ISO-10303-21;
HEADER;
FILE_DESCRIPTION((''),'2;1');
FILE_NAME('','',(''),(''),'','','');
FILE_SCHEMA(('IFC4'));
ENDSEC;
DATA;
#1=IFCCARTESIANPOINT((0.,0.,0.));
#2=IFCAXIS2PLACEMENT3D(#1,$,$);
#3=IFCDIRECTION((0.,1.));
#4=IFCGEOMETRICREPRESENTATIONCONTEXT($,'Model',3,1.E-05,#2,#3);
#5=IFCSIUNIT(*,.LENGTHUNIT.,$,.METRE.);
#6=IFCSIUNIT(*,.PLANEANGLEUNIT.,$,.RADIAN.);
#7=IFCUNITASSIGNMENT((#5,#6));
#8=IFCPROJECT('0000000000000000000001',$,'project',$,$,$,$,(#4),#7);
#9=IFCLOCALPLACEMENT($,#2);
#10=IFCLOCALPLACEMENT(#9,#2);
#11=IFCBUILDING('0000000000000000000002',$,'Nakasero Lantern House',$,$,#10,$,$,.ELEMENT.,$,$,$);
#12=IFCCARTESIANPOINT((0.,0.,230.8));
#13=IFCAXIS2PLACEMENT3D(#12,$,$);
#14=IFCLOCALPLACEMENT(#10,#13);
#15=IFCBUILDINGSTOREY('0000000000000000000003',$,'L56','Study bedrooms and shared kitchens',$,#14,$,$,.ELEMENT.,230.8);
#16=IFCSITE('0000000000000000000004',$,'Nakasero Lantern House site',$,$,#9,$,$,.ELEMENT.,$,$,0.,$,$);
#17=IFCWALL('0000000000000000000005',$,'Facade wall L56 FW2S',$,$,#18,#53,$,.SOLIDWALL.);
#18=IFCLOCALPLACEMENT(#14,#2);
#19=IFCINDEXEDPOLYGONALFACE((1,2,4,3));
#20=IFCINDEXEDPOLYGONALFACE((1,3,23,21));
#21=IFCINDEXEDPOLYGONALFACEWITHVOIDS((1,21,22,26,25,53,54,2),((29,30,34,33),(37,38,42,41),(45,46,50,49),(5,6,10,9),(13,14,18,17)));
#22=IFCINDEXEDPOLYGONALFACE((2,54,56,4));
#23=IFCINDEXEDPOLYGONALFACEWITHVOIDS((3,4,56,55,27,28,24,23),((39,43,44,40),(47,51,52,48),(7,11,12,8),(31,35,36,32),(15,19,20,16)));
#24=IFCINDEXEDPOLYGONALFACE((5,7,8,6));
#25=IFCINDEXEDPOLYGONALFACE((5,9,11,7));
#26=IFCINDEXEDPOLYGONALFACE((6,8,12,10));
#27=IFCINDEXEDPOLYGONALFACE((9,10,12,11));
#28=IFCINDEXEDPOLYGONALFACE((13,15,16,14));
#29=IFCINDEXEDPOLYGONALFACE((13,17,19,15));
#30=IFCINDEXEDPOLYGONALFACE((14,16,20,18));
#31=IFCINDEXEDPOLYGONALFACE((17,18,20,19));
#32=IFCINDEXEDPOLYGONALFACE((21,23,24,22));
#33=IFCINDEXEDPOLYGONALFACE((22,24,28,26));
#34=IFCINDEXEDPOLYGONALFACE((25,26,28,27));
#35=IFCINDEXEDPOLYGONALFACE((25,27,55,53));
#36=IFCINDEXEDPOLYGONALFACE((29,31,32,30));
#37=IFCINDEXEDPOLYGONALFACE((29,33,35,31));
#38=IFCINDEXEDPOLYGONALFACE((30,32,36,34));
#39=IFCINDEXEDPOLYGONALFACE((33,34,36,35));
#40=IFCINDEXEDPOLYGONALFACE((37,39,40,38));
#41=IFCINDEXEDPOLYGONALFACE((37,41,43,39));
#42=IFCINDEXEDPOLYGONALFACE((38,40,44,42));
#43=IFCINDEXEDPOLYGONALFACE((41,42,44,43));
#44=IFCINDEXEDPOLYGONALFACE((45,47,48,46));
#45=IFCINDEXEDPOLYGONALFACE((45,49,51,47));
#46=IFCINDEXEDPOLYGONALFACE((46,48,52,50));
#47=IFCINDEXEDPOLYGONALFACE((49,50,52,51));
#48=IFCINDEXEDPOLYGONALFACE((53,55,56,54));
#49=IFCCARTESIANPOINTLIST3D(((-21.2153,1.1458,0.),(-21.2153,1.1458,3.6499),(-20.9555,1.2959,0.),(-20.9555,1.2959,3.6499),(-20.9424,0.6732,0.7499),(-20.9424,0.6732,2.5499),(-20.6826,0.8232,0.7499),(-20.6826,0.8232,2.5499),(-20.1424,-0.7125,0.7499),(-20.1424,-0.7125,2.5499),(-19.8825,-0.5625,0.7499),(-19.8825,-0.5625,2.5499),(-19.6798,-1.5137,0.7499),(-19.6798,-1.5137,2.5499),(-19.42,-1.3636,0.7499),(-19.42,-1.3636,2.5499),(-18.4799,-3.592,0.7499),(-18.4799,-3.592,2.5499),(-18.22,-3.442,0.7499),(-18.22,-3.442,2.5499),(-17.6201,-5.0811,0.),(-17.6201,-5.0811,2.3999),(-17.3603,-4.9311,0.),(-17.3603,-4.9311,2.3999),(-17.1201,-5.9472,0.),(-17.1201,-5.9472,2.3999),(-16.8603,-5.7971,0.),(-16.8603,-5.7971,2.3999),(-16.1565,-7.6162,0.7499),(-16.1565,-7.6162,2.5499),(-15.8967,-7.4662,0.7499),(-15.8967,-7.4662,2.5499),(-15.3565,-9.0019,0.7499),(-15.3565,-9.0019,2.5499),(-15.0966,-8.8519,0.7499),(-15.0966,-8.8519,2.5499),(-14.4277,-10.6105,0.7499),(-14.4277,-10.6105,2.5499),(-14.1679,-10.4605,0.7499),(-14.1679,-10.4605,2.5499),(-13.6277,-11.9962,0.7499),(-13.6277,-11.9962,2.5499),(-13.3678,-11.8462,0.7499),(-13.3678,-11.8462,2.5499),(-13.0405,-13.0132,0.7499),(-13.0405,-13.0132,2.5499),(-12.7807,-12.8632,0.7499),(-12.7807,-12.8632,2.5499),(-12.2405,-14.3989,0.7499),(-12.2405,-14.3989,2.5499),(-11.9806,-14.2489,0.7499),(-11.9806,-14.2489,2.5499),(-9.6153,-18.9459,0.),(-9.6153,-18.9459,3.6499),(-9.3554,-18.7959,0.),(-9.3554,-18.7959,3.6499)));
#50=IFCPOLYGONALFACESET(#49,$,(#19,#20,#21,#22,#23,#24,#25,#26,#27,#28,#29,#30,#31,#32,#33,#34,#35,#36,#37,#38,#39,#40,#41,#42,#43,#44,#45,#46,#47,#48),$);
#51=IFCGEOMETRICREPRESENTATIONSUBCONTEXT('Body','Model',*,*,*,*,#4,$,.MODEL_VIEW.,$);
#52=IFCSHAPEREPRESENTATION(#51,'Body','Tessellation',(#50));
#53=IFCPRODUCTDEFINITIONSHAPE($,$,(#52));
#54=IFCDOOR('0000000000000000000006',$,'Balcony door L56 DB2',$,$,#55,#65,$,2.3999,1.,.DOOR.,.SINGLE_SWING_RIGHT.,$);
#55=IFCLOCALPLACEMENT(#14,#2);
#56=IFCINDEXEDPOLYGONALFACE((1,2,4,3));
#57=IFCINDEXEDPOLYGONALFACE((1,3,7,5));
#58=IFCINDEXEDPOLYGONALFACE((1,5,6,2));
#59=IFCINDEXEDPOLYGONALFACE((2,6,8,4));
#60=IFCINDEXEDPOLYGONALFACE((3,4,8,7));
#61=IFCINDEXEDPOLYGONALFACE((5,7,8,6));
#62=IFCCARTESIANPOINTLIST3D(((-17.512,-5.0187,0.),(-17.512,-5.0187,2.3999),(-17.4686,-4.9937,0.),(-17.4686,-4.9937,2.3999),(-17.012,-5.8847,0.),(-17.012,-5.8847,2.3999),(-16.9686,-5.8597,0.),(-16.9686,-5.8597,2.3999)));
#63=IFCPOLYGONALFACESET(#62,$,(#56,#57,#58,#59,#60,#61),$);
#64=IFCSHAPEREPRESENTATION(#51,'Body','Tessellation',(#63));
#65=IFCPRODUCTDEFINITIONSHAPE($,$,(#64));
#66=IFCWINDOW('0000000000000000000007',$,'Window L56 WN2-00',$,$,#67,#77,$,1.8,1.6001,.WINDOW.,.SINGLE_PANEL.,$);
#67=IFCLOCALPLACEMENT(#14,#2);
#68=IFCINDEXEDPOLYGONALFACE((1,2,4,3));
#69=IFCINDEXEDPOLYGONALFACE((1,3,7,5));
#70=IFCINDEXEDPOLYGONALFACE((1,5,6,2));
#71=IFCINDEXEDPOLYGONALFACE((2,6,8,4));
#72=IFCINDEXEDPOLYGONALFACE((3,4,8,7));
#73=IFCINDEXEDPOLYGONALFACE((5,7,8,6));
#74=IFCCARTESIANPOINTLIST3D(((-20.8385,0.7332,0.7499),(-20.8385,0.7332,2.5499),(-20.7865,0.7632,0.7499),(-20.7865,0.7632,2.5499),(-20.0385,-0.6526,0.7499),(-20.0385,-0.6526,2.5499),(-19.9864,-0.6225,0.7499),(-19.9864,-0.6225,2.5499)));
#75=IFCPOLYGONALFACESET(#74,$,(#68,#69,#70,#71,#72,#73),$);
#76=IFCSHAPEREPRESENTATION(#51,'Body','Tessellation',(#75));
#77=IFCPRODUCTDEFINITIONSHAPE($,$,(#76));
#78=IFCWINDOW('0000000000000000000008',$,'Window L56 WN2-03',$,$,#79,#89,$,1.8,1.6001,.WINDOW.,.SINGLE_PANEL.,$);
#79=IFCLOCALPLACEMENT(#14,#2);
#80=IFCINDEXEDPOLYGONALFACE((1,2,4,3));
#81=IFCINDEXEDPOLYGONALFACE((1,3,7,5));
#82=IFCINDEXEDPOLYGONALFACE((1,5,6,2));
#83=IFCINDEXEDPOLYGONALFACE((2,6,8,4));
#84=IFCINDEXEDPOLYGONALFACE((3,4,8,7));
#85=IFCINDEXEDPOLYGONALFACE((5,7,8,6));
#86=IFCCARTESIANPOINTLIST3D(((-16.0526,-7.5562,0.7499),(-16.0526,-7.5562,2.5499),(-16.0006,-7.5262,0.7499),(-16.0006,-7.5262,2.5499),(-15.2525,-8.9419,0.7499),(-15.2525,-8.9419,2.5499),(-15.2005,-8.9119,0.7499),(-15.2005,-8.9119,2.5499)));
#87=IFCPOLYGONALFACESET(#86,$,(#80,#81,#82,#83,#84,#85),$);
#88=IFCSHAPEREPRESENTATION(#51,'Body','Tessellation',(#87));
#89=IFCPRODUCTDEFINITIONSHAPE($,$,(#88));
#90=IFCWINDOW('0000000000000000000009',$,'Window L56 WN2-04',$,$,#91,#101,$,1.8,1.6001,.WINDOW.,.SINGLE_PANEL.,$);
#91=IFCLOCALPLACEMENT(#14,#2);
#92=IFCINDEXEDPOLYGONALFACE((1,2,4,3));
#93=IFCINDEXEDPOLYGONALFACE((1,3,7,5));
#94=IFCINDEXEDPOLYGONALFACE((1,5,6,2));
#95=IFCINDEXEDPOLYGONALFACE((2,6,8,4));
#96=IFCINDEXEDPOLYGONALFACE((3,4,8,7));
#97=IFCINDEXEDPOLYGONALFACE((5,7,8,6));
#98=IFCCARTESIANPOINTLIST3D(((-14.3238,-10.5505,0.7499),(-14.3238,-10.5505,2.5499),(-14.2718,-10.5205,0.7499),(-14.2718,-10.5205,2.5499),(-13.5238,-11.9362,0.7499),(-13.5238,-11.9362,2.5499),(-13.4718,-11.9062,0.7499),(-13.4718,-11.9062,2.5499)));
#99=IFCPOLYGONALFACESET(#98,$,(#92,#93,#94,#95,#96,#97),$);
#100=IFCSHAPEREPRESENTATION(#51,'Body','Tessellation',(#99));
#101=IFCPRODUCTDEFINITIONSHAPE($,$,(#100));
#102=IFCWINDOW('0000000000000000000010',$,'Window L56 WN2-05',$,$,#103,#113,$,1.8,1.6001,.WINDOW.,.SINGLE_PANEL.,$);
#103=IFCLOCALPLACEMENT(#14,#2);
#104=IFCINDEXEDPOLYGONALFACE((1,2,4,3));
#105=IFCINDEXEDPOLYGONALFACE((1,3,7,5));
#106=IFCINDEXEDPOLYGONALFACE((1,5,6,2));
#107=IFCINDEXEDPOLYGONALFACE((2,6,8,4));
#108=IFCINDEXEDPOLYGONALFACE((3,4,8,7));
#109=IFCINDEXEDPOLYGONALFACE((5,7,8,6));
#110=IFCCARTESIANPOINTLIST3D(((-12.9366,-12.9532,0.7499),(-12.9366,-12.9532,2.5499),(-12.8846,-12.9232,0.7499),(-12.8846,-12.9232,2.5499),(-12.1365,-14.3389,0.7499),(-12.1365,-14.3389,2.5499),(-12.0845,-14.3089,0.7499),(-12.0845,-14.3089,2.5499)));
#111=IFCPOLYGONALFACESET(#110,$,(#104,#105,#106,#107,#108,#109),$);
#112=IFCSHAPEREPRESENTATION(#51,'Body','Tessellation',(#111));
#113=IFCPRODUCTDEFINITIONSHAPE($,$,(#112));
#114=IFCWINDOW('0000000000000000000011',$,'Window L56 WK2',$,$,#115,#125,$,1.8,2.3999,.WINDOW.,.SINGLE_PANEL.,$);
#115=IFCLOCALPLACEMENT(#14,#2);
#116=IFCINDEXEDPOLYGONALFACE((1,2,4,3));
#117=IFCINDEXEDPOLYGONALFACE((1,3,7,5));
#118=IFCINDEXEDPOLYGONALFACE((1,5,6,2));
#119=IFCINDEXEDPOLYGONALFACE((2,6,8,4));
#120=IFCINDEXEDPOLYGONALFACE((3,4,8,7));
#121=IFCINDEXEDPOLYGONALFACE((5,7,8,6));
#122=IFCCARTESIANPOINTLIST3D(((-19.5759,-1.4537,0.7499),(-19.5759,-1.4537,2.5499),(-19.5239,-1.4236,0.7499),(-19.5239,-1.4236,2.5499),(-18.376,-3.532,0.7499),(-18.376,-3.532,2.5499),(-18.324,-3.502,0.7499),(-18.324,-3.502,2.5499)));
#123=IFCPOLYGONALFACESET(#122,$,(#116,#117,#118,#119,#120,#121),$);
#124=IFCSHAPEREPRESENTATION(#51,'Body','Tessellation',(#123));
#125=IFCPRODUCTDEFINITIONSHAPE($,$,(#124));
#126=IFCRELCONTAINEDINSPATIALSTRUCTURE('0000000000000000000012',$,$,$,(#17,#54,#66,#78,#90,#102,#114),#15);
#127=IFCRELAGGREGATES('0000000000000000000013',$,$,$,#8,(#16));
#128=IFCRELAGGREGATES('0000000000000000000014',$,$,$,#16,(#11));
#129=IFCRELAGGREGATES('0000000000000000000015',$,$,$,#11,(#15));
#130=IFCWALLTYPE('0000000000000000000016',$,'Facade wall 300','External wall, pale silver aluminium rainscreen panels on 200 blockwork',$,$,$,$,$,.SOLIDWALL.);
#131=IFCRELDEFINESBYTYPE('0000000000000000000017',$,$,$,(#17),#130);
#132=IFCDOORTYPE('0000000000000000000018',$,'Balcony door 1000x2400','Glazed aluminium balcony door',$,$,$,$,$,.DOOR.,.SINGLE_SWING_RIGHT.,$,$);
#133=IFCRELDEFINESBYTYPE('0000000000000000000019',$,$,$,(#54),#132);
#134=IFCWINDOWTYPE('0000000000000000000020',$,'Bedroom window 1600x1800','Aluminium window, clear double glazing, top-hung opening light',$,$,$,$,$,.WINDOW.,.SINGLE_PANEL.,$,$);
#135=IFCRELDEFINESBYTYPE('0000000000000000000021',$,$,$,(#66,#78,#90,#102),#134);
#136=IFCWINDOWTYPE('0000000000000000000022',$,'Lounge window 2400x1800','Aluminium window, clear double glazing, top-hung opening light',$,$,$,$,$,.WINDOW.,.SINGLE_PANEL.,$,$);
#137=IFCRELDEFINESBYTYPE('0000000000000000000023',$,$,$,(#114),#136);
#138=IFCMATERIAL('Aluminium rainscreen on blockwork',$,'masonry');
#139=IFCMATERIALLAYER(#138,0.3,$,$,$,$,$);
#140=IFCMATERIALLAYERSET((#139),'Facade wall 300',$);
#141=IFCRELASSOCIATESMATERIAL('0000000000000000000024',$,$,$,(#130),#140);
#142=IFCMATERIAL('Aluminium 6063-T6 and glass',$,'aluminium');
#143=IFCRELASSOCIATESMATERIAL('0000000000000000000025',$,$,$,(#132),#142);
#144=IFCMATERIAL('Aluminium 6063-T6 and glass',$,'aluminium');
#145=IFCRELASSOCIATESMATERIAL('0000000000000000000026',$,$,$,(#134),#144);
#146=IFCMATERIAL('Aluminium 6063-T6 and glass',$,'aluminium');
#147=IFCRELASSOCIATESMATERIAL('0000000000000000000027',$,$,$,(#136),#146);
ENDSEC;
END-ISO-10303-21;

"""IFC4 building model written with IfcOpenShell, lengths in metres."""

from ifc_helpers import new_model, si_unit, direction, frame, frame_2d, origin, place, context, subcontext, project, spatial, rectangle, extrude, material, layer, layer_set, type_object, element, fill, save


model = new_model("IFC4")

# Units and contexts
model_context = context("Model", 3, precision=1e-05, world=origin(), true_north=direction((0.0, 1.0)))
body_context = subcontext(model_context, "Body", "Model", "MODEL_VIEW")
ifc_project = project(units=[si_unit("LENGTHUNIT", "METRE"), si_unit("PLANEANGLEUNIT", "RADIAN")], contexts=[model_context])

# Site, building, storey
site_placement = place(None, origin())
site = spatial("IfcSite", under=ifc_project, at=site_placement, Name="Nakasero Lantern House site", CompositionType="ELEMENT", RefElevation=0.0)
building_placement = place(site_placement, origin())
building = spatial("IfcBuilding", under=site, at=building_placement, Name="Nakasero Lantern House", CompositionType="ELEMENT")
storey_placement = place(building_placement, frame((0.0, 0.0, 230.8)))
storey = spatial("IfcBuildingStorey", under=building, at=storey_placement, Name="L56", Description="Study bedrooms and shared kitchens", CompositionType="ELEMENT", Elevation=230.8)

# Shared definitions
ifc_material_1 = material(Name="Aluminium rainscreen on blockwork", Category="masonry")
ifc_layer_1 = layer(ifc_material_1, 0.3)
ifc_layer_set_1 = layer_set([ifc_layer_1], Name="Facade wall 300")
wall_type_1 = type_object("IfcWallType", Name="Facade wall 300", Description="External wall, pale silver aluminium rainscreen panels on 200 blockwork", PredefinedType="SOLIDWALL", material=ifc_layer_set_1)

# Wall, openings, door, windows
wall_1_placement = place(storey_placement, frame((-21.0854, 1.2209, 0.0), z_axis=(0.0, 0.0, 1.0), x_axis=(0.500003, -0.866024, 0.0)))
wall_1 = element("IfcWall", 1, at=wall_1_placement, inside=storey, type_object=wall_type_1, Name="Facade wall L56 FW2S", PredefinedType="SOLIDWALL", context=body_context, shape_type="SweptSolid", body=[
    extrude(rectangle(XDim=23.2, YDim=0.3, at=frame_2d((11.6001, 0.0))), origin(), (0.0, 0.0, 1.0), 3.6499),
])
opening_1_placement = place(wall_1_placement, frame((0.5459, 0.0, 0.75)))
opening_1 = element("IfcOpeningElement", 2, at=opening_1_placement, cuts=wall_1, PredefinedType="OPENING", context=body_context, shape_type="SweptSolid", body=[
    extrude(rectangle(XDim=1.6001, YDim=1.8, at=frame_2d((0.8, 0.8999))), frame((0.0, 0.1699, 0.0), z_axis=(0.0, -1.0, 0.0), x_axis=(1.0, 0.0, 0.0)), (0.0, 0.0, 1.0), 0.3401),
])
opening_2_placement = place(wall_1_placement, frame((10.1177, 0.0, 0.75)))
opening_2 = element("IfcOpeningElement", 3, at=opening_2_placement, cuts=wall_1, PredefinedType="OPENING", context=body_context, shape_type="SweptSolid", body=[
    extrude(rectangle(XDim=1.6001, YDim=1.8, at=frame_2d((0.8, 0.8999))), frame((0.0, 0.1699, 0.0), z_axis=(0.0, -1.0, 0.0), x_axis=(1.0, 0.0, 0.0)), (0.0, 0.0, 1.0), 0.3401),
])
opening_3_placement = place(wall_1_placement, frame((13.5752, 0.0, 0.75)))
opening_3 = element("IfcOpeningElement", 4, at=opening_3_placement, cuts=wall_1, PredefinedType="OPENING", context=body_context, shape_type="SweptSolid", body=[
    extrude(rectangle(XDim=1.6001, YDim=1.8, at=frame_2d((0.8, 0.8999))), frame((0.0, 0.1699, 0.0), z_axis=(0.0, -1.0, 0.0), x_axis=(1.0, 0.0, 0.0)), (0.0, 0.0, 1.0), 0.3401),
])
opening_4_placement = place(wall_1_placement, frame((16.3496, 0.0, 0.75)))
opening_4 = element("IfcOpeningElement", 5, at=opening_4_placement, cuts=wall_1, PredefinedType="OPENING", context=body_context, shape_type="SweptSolid", body=[
    extrude(rectangle(XDim=1.6001, YDim=1.8, at=frame_2d((0.8, 0.8999))), frame((0.0, 0.1699, 0.0), z_axis=(0.0, -1.0, 0.0), x_axis=(1.0, 0.0, 0.0)), (0.0, 0.0, 1.0), 0.3401),
])
opening_5_placement = place(wall_1_placement, frame((3.071, 0.0, 0.75)))
opening_5 = element("IfcOpeningElement", 6, at=opening_5_placement, cuts=wall_1, PredefinedType="OPENING", context=body_context, shape_type="SweptSolid", body=[
    extrude(rectangle(XDim=2.3999, YDim=1.8, at=frame_2d((1.2, 0.8999))), frame((0.0, 0.1699, 0.0), z_axis=(0.0, -1.0, 0.0), x_axis=(1.0, 0.0, 0.0)), (0.0, 0.0, 1.0), 0.3401),
])
opening_6_placement = place(wall_1_placement, frame((7.1904, 0.0, 0.0)))
opening_6 = element("IfcOpeningElement", 7, at=opening_6_placement, cuts=wall_1, PredefinedType="OPENING", context=body_context, shape_type="SweptSolid", body=[
    extrude(rectangle(XDim=1.0, YDim=2.3999, at=frame_2d((0.5, 1.2))), frame((0.0, 0.1699, 0.0), z_axis=(0.0, -1.0, 0.0), x_axis=(1.0, 0.0, 0.0)), (0.0, 0.0, 1.0), 0.3401),
])
ifc_material_2 = material(Name="Aluminium 6063-T6 and glass", Category="aluminium")
door_type_1 = type_object("IfcDoorType", Name="Balcony door 1000x2400", Description="Glazed aluminium balcony door", OperationType="SINGLE_SWING_RIGHT", PredefinedType="DOOR", material=ifc_material_2)
door_1_placement = place(opening_6_placement, origin())
door_1 = element("IfcDoor", 8, at=door_1_placement, inside=storey, type_object=door_type_1, Name="Balcony door L56 DB2", OperationType="SINGLE_SWING_RIGHT", OverallHeight=2.3999, OverallWidth=1.0, PredefinedType="DOOR", context=body_context, shape_type="SweptSolid", body=[
    extrude(rectangle(XDim=1.0, YDim=2.3999, at=frame_2d((0.5, 1.2))), frame((0.0, 0.0249, 0.0), z_axis=(0.0, -1.0, 0.0), x_axis=(1.0, 0.0, 0.0)), (0.0, 0.0, 1.0), 0.05),
])
fill(opening_6, door_1)
ifc_material_3 = material(Name="Aluminium 6063-T6 and glass", Category="aluminium")
window_type_1 = type_object("IfcWindowType", Name="Bedroom window 1600x1800", Description="Aluminium window, clear double glazing, top-hung opening light", PartitioningType="SINGLE_PANEL", PredefinedType="WINDOW", material=ifc_material_3)
window_1_placement = place(opening_1_placement, origin())
window_1 = element("IfcWindow", 9, at=window_1_placement, inside=storey, type_object=window_type_1, Name="Window L56 WN2-00", OverallHeight=1.8, OverallWidth=1.6001, PartitioningType="SINGLE_PANEL", PredefinedType="WINDOW", context=body_context, shape_type="SweptSolid", body=[
    extrude(rectangle(XDim=1.6001, YDim=1.8, at=frame_2d((0.8, 0.8999))), frame((0.0, 0.03, 0.0), z_axis=(0.0, -1.0, 0.0), x_axis=(1.0, 0.0, 0.0)), (0.0, 0.0, 1.0), 0.0601),
])
fill(opening_1, window_1)
window_2_placement = place(opening_2_placement, origin())
window_2 = element("IfcWindow", 10, at=window_2_placement, inside=storey, type_object=window_type_1, Name="Window L56 WN2-03", OverallHeight=1.8, OverallWidth=1.6001, PartitioningType="SINGLE_PANEL", PredefinedType="WINDOW", context=body_context, shape_type="SweptSolid", body=[
    extrude(rectangle(XDim=1.6001, YDim=1.8, at=frame_2d((0.8, 0.8999))), frame((0.0, 0.03, 0.0), z_axis=(0.0, -1.0, 0.0), x_axis=(1.0, 0.0, 0.0)), (0.0, 0.0, 1.0), 0.0601),
])
fill(opening_2, window_2)
window_3_placement = place(opening_3_placement, origin())
window_3 = element("IfcWindow", 11, at=window_3_placement, inside=storey, type_object=window_type_1, Name="Window L56 WN2-04", OverallHeight=1.8, OverallWidth=1.6001, PartitioningType="SINGLE_PANEL", PredefinedType="WINDOW", context=body_context, shape_type="SweptSolid", body=[
    extrude(rectangle(XDim=1.6001, YDim=1.8, at=frame_2d((0.8, 0.8999))), frame((0.0, 0.03, 0.0), z_axis=(0.0, -1.0, 0.0), x_axis=(1.0, 0.0, 0.0)), (0.0, 0.0, 1.0), 0.0601),
])
fill(opening_3, window_3)
window_4_placement = place(opening_4_placement, origin())
window_4 = element("IfcWindow", 12, at=window_4_placement, inside=storey, type_object=window_type_1, Name="Window L56 WN2-05", OverallHeight=1.8, OverallWidth=1.6001, PartitioningType="SINGLE_PANEL", PredefinedType="WINDOW", context=body_context, shape_type="SweptSolid", body=[
    extrude(rectangle(XDim=1.6001, YDim=1.8, at=frame_2d((0.8, 0.8999))), frame((0.0, 0.03, 0.0), z_axis=(0.0, -1.0, 0.0), x_axis=(1.0, 0.0, 0.0)), (0.0, 0.0, 1.0), 0.0601),
])
fill(opening_4, window_4)
ifc_material_4 = material(Name="Aluminium 6063-T6 and glass", Category="aluminium")
window_type_2 = type_object("IfcWindowType", Name="Lounge window 2400x1800", Description="Aluminium window, clear double glazing, top-hung opening light", PartitioningType="SINGLE_PANEL", PredefinedType="WINDOW", material=ifc_material_4)
window_5_placement = place(opening_5_placement, origin())
window_5 = element("IfcWindow", 13, at=window_5_placement, inside=storey, type_object=window_type_2, Name="Window L56 WK2", OverallHeight=1.8, OverallWidth=2.3999, PartitioningType="SINGLE_PANEL", PredefinedType="WINDOW", context=body_context, shape_type="SweptSolid", body=[
    extrude(rectangle(XDim=2.3999, YDim=1.8, at=frame_2d((1.2, 0.8999))), frame((0.0, 0.03, 0.0), z_axis=(0.0, -1.0, 0.0), x_axis=(1.0, 0.0, 0.0)), (0.0, 0.0, 1.0), 0.0601),
])
fill(opening_5, window_5)

save(model, "model.ifc")
